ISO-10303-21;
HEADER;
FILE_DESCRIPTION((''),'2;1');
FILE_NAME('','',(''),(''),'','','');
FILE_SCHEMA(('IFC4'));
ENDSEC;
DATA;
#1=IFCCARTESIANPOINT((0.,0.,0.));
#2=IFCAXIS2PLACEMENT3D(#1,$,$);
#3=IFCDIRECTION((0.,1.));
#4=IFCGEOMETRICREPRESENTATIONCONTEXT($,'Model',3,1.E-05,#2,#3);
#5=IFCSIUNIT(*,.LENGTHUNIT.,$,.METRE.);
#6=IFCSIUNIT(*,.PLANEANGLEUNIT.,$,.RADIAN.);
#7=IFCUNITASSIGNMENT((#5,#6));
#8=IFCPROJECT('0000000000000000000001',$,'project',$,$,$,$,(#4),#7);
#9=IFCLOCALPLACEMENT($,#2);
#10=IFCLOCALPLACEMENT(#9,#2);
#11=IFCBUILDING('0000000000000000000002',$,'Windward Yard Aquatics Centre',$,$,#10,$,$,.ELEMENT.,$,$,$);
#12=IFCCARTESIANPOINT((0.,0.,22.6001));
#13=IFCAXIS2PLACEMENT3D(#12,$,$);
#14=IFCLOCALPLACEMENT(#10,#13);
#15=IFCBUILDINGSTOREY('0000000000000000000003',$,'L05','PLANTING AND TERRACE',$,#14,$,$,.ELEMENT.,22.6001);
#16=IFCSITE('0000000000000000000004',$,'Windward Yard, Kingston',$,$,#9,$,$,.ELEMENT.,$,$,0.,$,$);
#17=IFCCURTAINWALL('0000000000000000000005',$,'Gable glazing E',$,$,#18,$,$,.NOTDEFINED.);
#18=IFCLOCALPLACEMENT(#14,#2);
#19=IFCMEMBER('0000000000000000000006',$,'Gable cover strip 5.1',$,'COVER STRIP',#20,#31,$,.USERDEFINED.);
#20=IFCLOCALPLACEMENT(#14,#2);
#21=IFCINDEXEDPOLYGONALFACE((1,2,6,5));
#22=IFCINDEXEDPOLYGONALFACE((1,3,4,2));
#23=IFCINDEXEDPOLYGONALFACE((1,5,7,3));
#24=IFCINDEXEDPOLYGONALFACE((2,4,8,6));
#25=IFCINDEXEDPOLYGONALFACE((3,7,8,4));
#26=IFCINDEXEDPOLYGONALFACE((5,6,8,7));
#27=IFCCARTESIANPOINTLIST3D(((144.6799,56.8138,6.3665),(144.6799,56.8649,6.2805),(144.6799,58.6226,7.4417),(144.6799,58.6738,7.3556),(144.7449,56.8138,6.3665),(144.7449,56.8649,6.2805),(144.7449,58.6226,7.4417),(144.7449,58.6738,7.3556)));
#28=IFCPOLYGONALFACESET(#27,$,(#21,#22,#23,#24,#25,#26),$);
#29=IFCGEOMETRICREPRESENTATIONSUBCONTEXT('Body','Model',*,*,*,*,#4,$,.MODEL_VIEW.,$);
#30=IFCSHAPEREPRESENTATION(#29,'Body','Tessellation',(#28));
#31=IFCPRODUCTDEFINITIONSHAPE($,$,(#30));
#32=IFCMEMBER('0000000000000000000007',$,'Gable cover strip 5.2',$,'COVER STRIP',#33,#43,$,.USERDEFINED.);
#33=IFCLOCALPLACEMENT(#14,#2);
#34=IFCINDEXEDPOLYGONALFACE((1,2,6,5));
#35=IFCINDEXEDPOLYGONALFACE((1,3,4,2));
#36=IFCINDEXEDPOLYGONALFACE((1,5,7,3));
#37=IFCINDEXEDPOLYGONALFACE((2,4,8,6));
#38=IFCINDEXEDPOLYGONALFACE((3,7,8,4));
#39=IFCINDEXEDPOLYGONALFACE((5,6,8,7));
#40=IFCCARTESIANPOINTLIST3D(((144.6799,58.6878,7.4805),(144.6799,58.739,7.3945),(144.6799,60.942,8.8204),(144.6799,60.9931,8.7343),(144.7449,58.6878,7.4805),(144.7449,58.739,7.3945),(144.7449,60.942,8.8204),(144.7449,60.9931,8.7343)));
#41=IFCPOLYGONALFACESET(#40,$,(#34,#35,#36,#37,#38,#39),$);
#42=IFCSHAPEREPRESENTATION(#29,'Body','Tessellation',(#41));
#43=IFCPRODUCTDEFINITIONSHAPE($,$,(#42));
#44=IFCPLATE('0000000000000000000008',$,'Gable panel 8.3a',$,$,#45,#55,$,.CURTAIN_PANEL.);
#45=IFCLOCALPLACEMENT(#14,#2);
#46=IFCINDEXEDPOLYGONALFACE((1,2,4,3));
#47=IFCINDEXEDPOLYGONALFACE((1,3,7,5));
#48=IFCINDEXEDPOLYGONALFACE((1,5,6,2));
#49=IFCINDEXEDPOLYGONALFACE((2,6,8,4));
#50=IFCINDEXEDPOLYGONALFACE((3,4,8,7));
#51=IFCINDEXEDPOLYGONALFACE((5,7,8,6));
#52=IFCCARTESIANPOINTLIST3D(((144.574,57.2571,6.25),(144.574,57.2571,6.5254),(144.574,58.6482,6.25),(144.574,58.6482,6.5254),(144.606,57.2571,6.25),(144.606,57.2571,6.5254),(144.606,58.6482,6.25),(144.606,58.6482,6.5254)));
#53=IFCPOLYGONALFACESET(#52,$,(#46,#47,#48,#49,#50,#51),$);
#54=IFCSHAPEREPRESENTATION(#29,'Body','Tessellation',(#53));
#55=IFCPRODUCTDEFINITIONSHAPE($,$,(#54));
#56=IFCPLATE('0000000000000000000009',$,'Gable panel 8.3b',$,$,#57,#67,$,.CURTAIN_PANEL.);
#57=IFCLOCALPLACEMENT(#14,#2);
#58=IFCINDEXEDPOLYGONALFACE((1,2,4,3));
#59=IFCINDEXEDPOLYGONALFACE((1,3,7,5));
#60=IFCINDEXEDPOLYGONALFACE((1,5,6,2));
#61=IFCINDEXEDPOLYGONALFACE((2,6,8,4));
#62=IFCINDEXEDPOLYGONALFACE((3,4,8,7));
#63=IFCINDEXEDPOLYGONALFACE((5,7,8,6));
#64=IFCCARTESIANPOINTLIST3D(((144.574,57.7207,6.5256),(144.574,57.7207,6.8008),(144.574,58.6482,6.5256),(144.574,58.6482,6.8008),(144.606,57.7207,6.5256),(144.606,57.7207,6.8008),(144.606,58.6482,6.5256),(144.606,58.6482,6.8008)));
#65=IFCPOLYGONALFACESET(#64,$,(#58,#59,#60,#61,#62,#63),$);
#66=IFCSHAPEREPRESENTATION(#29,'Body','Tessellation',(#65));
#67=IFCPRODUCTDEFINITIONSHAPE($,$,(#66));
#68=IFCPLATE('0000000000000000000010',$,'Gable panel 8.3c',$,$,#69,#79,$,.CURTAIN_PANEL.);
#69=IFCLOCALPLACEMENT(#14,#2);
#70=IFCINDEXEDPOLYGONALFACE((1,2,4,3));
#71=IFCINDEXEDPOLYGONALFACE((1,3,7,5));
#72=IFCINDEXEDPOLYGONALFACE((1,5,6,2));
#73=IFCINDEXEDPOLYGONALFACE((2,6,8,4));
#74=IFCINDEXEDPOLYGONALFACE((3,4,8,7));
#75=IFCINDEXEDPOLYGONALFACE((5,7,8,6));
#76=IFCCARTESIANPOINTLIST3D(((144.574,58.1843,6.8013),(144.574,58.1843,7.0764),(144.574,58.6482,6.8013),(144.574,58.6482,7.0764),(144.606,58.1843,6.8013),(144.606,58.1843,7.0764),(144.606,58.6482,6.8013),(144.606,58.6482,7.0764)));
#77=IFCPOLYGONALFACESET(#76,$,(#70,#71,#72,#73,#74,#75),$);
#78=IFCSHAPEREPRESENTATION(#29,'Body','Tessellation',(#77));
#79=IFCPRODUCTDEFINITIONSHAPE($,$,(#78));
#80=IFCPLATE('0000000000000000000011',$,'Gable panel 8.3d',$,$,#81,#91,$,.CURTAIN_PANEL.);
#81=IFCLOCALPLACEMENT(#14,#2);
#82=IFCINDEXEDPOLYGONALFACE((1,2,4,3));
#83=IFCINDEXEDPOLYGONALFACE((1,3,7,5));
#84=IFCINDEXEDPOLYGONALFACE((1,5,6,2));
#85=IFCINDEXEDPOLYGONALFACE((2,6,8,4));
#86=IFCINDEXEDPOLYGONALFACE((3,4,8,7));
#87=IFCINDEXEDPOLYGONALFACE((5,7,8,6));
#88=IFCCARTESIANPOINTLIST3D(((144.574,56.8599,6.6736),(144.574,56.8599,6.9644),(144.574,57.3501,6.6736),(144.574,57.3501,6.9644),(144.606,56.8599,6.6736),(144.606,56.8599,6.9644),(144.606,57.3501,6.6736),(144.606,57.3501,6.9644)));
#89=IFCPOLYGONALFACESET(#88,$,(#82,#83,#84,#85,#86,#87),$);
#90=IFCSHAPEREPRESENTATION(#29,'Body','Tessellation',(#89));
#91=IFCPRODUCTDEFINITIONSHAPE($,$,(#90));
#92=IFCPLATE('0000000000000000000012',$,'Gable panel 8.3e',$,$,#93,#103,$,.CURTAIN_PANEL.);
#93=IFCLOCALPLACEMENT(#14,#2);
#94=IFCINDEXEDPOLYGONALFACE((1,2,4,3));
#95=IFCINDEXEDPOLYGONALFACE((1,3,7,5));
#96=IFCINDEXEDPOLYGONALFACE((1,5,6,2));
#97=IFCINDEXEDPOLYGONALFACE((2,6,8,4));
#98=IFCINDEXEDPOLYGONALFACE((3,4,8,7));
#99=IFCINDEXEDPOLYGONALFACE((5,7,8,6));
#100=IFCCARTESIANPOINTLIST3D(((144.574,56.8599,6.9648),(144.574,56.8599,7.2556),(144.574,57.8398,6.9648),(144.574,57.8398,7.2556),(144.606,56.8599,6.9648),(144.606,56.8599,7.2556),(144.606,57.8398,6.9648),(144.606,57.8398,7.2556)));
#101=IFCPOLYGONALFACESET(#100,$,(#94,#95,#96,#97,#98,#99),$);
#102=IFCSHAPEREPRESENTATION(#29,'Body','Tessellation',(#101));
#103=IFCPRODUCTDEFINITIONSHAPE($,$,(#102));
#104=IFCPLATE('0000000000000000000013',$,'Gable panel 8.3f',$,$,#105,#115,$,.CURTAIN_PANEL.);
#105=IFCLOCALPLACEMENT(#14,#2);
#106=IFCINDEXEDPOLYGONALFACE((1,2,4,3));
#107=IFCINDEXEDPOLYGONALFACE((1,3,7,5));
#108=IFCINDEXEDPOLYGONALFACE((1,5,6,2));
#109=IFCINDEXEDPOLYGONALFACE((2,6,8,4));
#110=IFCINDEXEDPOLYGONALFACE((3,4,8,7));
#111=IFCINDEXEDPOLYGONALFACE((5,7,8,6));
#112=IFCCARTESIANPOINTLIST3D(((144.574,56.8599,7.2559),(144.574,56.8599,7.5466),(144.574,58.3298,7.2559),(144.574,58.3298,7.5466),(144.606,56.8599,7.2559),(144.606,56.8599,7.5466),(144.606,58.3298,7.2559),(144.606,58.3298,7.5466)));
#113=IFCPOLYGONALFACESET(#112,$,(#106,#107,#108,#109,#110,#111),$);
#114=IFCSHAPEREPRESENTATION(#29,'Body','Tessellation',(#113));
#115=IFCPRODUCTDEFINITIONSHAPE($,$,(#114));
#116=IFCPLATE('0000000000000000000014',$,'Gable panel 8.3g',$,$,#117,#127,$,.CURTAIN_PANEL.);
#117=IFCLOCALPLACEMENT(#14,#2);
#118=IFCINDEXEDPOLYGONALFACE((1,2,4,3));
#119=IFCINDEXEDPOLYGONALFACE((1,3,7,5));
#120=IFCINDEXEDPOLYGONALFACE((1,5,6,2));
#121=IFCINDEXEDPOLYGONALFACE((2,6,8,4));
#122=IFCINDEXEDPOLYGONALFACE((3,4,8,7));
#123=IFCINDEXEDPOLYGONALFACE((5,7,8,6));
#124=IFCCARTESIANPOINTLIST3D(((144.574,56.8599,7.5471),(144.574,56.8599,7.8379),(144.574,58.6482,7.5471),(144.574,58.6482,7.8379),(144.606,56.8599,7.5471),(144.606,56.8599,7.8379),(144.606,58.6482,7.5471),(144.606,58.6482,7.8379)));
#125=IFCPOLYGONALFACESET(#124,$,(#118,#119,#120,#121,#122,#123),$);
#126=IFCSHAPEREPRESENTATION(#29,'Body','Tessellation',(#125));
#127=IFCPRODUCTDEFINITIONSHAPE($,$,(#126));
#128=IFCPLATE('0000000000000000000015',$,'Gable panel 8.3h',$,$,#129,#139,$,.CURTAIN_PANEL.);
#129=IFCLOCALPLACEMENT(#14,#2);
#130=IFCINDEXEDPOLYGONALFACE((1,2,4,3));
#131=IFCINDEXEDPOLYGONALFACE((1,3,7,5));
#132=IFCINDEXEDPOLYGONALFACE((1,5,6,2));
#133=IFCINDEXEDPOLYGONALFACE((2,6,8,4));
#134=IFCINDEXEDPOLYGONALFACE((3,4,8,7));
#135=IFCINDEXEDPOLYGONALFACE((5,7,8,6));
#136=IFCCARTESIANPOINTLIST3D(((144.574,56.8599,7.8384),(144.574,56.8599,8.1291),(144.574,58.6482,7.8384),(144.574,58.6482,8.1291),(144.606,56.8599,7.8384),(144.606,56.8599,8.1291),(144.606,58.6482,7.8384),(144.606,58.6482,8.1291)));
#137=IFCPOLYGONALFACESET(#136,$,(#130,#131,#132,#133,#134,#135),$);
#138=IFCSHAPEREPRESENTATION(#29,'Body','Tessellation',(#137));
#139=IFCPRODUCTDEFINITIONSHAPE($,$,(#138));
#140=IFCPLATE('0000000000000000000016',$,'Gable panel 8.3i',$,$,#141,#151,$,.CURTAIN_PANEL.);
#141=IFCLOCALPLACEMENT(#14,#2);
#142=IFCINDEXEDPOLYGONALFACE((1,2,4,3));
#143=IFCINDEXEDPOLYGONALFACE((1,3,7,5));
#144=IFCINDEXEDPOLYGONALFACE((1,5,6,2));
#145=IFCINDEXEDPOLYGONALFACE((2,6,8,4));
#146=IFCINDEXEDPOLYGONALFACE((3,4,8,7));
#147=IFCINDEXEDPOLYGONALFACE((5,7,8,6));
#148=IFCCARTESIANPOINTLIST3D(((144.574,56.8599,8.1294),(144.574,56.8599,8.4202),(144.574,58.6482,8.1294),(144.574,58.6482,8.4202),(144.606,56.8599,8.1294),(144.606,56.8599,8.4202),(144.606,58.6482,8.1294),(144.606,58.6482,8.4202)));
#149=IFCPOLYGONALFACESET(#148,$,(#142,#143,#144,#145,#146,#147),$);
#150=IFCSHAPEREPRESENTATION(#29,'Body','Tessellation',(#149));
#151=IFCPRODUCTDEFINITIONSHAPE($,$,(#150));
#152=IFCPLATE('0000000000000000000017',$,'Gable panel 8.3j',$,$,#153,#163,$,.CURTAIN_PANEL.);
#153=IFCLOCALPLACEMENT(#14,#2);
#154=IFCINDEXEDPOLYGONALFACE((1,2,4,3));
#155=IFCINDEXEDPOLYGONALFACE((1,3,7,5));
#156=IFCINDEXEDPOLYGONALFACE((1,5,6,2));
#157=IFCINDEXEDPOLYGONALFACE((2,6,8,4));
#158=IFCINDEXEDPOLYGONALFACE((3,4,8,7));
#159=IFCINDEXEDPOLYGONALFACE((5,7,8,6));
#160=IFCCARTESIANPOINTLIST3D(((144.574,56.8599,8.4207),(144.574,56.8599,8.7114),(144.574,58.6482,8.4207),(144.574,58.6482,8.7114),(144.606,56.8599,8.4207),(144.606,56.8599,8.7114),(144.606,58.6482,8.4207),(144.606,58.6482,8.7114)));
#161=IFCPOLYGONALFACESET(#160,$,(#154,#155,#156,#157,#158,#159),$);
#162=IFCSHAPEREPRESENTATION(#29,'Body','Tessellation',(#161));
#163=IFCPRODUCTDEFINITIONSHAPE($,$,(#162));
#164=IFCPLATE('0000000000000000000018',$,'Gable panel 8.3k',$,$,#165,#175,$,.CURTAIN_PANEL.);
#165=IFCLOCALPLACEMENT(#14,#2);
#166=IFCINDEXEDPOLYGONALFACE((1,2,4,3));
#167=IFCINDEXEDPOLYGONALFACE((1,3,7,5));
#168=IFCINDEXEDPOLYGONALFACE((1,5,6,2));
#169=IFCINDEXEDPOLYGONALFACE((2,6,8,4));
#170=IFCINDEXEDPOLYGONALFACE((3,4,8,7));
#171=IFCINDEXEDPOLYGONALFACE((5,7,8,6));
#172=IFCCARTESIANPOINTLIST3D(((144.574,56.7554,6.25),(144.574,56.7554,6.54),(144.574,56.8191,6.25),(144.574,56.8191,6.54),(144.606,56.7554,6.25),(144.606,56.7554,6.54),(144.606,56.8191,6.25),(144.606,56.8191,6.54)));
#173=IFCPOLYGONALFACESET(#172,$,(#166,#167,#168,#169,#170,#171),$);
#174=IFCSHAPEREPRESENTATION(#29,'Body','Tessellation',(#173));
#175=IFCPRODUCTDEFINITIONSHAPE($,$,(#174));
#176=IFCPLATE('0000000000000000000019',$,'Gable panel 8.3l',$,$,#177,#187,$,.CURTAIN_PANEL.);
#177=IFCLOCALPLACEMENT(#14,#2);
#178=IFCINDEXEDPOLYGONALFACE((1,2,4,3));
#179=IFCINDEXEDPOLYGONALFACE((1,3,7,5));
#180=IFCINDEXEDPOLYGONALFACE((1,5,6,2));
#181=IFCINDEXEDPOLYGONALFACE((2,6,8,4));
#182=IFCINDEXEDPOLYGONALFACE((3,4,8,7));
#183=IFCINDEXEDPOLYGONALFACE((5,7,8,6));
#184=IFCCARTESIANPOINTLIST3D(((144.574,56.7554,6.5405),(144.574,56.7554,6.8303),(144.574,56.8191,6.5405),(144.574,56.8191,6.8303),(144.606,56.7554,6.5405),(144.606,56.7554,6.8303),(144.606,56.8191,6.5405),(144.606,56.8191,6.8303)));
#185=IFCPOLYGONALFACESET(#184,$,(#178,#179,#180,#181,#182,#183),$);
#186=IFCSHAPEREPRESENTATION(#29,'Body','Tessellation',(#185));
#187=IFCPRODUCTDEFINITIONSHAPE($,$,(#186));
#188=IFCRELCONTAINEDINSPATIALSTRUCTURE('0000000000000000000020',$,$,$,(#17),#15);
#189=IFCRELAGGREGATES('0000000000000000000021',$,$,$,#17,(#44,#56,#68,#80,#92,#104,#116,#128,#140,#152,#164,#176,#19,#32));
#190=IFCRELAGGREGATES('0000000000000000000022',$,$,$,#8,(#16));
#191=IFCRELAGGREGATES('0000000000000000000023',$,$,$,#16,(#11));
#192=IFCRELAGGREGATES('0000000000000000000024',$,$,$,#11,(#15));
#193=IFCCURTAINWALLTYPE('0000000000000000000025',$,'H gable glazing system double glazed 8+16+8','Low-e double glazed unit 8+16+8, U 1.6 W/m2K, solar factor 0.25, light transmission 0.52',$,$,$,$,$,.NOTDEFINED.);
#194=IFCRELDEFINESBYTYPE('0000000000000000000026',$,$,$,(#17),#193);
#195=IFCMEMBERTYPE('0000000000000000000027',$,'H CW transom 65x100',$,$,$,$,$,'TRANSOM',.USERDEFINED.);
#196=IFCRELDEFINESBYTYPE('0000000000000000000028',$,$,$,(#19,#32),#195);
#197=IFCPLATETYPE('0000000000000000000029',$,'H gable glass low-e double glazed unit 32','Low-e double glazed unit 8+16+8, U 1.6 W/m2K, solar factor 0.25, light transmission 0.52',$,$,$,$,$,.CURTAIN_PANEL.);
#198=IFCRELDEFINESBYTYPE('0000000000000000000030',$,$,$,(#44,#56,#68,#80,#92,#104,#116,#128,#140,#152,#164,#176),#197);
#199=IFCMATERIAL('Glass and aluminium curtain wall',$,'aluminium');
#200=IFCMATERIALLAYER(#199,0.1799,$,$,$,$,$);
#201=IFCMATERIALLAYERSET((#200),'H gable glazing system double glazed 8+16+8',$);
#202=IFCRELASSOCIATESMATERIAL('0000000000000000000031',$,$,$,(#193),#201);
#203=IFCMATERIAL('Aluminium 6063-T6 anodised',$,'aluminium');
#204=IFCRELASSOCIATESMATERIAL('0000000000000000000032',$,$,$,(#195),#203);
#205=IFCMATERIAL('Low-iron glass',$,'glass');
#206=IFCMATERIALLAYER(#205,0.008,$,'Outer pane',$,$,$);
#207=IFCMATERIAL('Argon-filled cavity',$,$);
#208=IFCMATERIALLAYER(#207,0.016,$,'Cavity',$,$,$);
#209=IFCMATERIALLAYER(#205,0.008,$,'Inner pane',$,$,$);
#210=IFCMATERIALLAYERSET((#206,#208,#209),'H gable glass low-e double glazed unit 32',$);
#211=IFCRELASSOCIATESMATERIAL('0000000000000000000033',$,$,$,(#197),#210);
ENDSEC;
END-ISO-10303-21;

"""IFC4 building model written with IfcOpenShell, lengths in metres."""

from ifc_helpers import new_model, si_unit, direction, frame, origin, origin_2d, place, context, subcontext, project, spatial, polyline, rectangle, outline, extrude, material, layer, layer_set, material_profile, profile_set, type_object, element, aggregate, save


model = new_model("IFC4")

# Units and contexts
model_context = context("Model", 3, precision=1e-05, world=origin(), true_north=direction((0.0, 1.0)))
body_context = subcontext(model_context, "Body", "Model", "MODEL_VIEW")
ifc_project = project(units=[si_unit("LENGTHUNIT", "METRE"), si_unit("PLANEANGLEUNIT", "RADIAN")], contexts=[model_context])

# Site, building, storey
site_placement = place(None, origin())
site = spatial("IfcSite", under=ifc_project, at=site_placement, Name="Windward Yard, Kingston", CompositionType="ELEMENT", RefElevation=0.0)
building_placement = place(site_placement, origin())
building = spatial("IfcBuilding", under=site, at=building_placement, Name="Windward Yard Aquatics Centre", CompositionType="ELEMENT")
storey_placement = place(building_placement, frame((0.0, 0.0, 22.6001)))
storey = spatial("IfcBuildingStorey", under=building, at=storey_placement, Name="L05", Description="PLANTING AND TERRACE", CompositionType="ELEMENT", Elevation=22.6001)

# Curtain wall, members, plates
ifc_material_1 = material(Name="Glass and aluminium curtain wall", Category="aluminium")
ifc_layer_1 = layer(ifc_material_1, 0.1799)
ifc_layer_set_1 = layer_set([ifc_layer_1], Name="H gable glazing system double glazed 8+16+8")
curtain_wall_type = type_object("IfcCurtainWallType", Name="H gable glazing system double glazed 8+16+8", Description="Low-e double glazed unit 8+16+8, U 1.6 W/m2K, solar factor 0.25, light transmission 0.52", PredefinedType="NOTDEFINED", material=ifc_layer_set_1)
curtain_wall_placement = place(storey_placement, origin())
curtain_wall = element("IfcCurtainWall", 1, at=curtain_wall_placement, inside=storey, type_object=curtain_wall_type, Name="Gable glazing E", PredefinedType="NOTDEFINED")
ifc_material_2 = material(Name="Aluminium 6063-T6 anodised", Category="aluminium")
ifc_material_profile = material_profile(ifc_material_2, rectangle(XDim=0.0649, YDim=0.1001, at=origin_2d()), Name="H CW transom 65x100")
ifc_profile_set = profile_set([ifc_material_profile], Name="Aluminium 6063-T6 anodised")
member_type = type_object("IfcMemberType", Name="H CW transom 65x100", ElementType="TRANSOM", PredefinedType="USERDEFINED", material=ifc_profile_set)
member_1_placement = place(storey_placement, frame((144.7124, 56.8394, 6.3235), z_axis=(0.0, 0.859605, 0.51096), x_axis=(-1.0, 0.0, 0.0)))
member_1 = element("IfcMember", 2, at=member_1_placement, type_object=member_type, Name="Gable cover strip 5.1", ObjectType="COVER STRIP", PredefinedType="USERDEFINED", context=body_context, shape_type="SweptSolid", body=[
    extrude(rectangle(XDim=0.0649, YDim=0.1001, at=origin_2d()), origin(), (0.0, 0.0, 1.0), 2.1042),
])
member_2_placement = place(storey_placement, frame((144.7124, 58.7134, 7.4375), z_axis=(0.0, 0.859613, 0.510945), x_axis=(-1.0, 0.0, 0.0)))
member_2 = element("IfcMember", 3, at=member_2_placement, type_object=member_type, Name="Gable cover strip 5.2", ObjectType="COVER STRIP", PredefinedType="USERDEFINED", context=body_context, shape_type="SweptSolid", body=[
    extrude(rectangle(XDim=0.0649, YDim=0.1001, at=origin_2d()), origin(), (0.0, 0.0, 1.0), 2.6223),
])
ifc_material_3 = material(Name="Low-iron glass", Category="glass")
ifc_layer_2 = layer(ifc_material_3, 0.008, Name="Outer pane")
ifc_material_4 = material(Name="Argon-filled cavity")
ifc_layer_3 = layer(ifc_material_4, 0.016, Name="Cavity")
ifc_layer_4 = layer(ifc_material_3, 0.008, Name="Inner pane")
ifc_layer_set_2 = layer_set([ifc_layer_2, ifc_layer_3, ifc_layer_4], Name="H gable glass low-e double glazed unit 32")
plate_type = type_object("IfcPlateType", Name="H gable glass low-e double glazed unit 32", Description="Low-e double glazed unit 8+16+8, U 1.6 W/m2K, solar factor 0.25, light transmission 0.52", PredefinedType="CURTAIN_PANEL", material=ifc_layer_set_2)
plate_1_placement = place(storey_placement, frame((144.606, 57.2571, 6.25), z_axis=(1.0, 0.0, 0.0), x_axis=(0.0, 1.0, 0.0)))
plate_1 = element("IfcPlate", 4, at=plate_1_placement, type_object=plate_type, Name="Gable panel 8.3a", PredefinedType="CURTAIN_PANEL", context=body_context, shape_type="SweptSolid", body=[
    extrude(outline(polyline([(0.0, 0.0), (1.3911, 0.0), (1.3911, 0.2754), (0.0, 0.2754), (0.0, 0.0)])), origin(), (0.0, 0.0, -1.0), 0.032),
])
plate_2_placement = place(storey_placement, frame((144.606, 57.7207, 6.5256), z_axis=(1.0, 0.0, 0.0), x_axis=(0.0, 1.0, 0.0)))
plate_2 = element("IfcPlate", 5, at=plate_2_placement, type_object=plate_type, Name="Gable panel 8.3b", PredefinedType="CURTAIN_PANEL", context=body_context, shape_type="SweptSolid", body=[
    extrude(outline(polyline([(0.0, 0.0), (0.9275, 0.0), (0.9275, 0.2751), (0.0, 0.2751), (0.0, 0.0)])), origin(), (0.0, 0.0, -1.0), 0.032),
])
plate_3_placement = place(storey_placement, frame((144.606, 58.1843, 6.8013), z_axis=(1.0, 0.0, 0.0), x_axis=(0.0, 1.0, 0.0)))
plate_3 = element("IfcPlate", 6, at=plate_3_placement, type_object=plate_type, Name="Gable panel 8.3c", PredefinedType="CURTAIN_PANEL", context=body_context, shape_type="SweptSolid", body=[
    extrude(outline(polyline([(0.0, 0.0), (0.4639, 0.0), (0.4639, 0.2751), (0.0, 0.2751), (0.0, 0.0)])), origin(), (0.0, 0.0, -1.0), 0.032),
])
plate_4_placement = place(storey_placement, frame((144.606, 56.8599, 6.6736), z_axis=(1.0, 0.0, 0.0), x_axis=(0.0, 1.0, 0.0)))
plate_4 = element("IfcPlate", 7, at=plate_4_placement, type_object=plate_type, Name="Gable panel 8.3d", PredefinedType="CURTAIN_PANEL", context=body_context, shape_type="SweptSolid", body=[
    extrude(outline(polyline([(0.0, 0.0), (0.4902, 0.0), (0.4902, 0.2908), (0.0, 0.2908), (0.0, 0.0)])), origin(), (0.0, 0.0, -1.0), 0.032),
])
plate_5_placement = place(storey_placement, frame((144.606, 56.8599, 6.9648), z_axis=(1.0, 0.0, 0.0), x_axis=(0.0, 1.0, 0.0)))
plate_5 = element("IfcPlate", 8, at=plate_5_placement, type_object=plate_type, Name="Gable panel 8.3e", PredefinedType="CURTAIN_PANEL", context=body_context, shape_type="SweptSolid", body=[
    extrude(outline(polyline([(0.0, 0.0), (0.98, 0.0), (0.98, 0.2908), (0.0, 0.2908), (0.0, 0.0)])), origin(), (0.0, 0.0, -1.0), 0.032),
])
plate_6_placement = place(storey_placement, frame((144.606, 56.8599, 7.2559), z_axis=(1.0, 0.0, 0.0), x_axis=(0.0, 1.0, 0.0)))
plate_6 = element("IfcPlate", 9, at=plate_6_placement, type_object=plate_type, Name="Gable panel 8.3f", PredefinedType="CURTAIN_PANEL", context=body_context, shape_type="SweptSolid", body=[
    extrude(outline(polyline([(0.0, 0.0), (1.47, 0.0), (1.47, 0.2908), (0.0, 0.2908), (0.0, 0.0)])), origin(), (0.0, 0.0, -1.0), 0.032),
])
plate_7_placement = place(storey_placement, frame((144.606, 56.8599, 7.5471), z_axis=(1.0, 0.0, 0.0), x_axis=(0.0, 1.0, 0.0)))
plate_7 = element("IfcPlate", 10, at=plate_7_placement, type_object=plate_type, Name="Gable panel 8.3g", PredefinedType="CURTAIN_PANEL", context=body_context, shape_type="SweptSolid", body=[
    extrude(outline(polyline([(0.0, 0.0), (1.7883, 0.0), (1.7883, 0.2908), (0.0, 0.2908), (0.0, 0.0)])), origin(), (0.0, 0.0, -1.0), 0.032),
])
plate_8_placement = place(storey_placement, frame((144.606, 56.8599, 7.8384), z_axis=(1.0, 0.0, 0.0), x_axis=(0.0, 1.0, 0.0)))
plate_8 = element("IfcPlate", 11, at=plate_8_placement, type_object=plate_type, Name="Gable panel 8.3h", PredefinedType="CURTAIN_PANEL", context=body_context, shape_type="SweptSolid", body=[
    extrude(outline(polyline([(0.0, 0.0), (1.7883, 0.0), (1.7883, 0.2908), (0.0, 0.2908), (0.0, 0.0)])), origin(), (0.0, 0.0, -1.0), 0.032),
])
plate_9_placement = place(storey_placement, frame((144.606, 56.8599, 8.1294), z_axis=(1.0, 0.0, 0.0), x_axis=(0.0, 1.0, 0.0)))
plate_9 = element("IfcPlate", 12, at=plate_9_placement, type_object=plate_type, Name="Gable panel 8.3i", PredefinedType="CURTAIN_PANEL", context=body_context, shape_type="SweptSolid", body=[
    extrude(outline(polyline([(0.0, 0.0), (1.7883, 0.0), (1.7883, 0.2908), (0.0, 0.2908), (0.0, 0.0)])), origin(), (0.0, 0.0, -1.0), 0.032),
])
plate_10_placement = place(storey_placement, frame((144.606, 56.8599, 8.4207), z_axis=(1.0, 0.0, 0.0), x_axis=(0.0, 1.0, 0.0)))
plate_10 = element("IfcPlate", 13, at=plate_10_placement, type_object=plate_type, Name="Gable panel 8.3j", PredefinedType="CURTAIN_PANEL", context=body_context, shape_type="SweptSolid", body=[
    extrude(outline(polyline([(0.0, 0.0), (1.7883, 0.0), (1.7883, 0.2908), (0.0, 0.2908), (0.0, 0.0)])), origin(), (0.0, 0.0, -1.0), 0.032),
])
plate_11_placement = place(storey_placement, frame((144.606, 56.7554, 6.25), z_axis=(1.0, 0.0, 0.0), x_axis=(0.0, 1.0, 0.0)))
plate_11 = element("IfcPlate", 14, at=plate_11_placement, type_object=plate_type, Name="Gable panel 8.3k", PredefinedType="CURTAIN_PANEL", context=body_context, shape_type="SweptSolid", body=[
    extrude(outline(polyline([(0.0, 0.0), (0.0637, 0.0), (0.0637, 0.29), (0.0, 0.29), (0.0, 0.0)])), origin(), (0.0, 0.0, -1.0), 0.032),
])
plate_12_placement = place(storey_placement, frame((144.606, 56.7554, 6.5405), z_axis=(1.0, 0.0, 0.0), x_axis=(0.0, 1.0, 0.0)))
plate_12 = element("IfcPlate", 15, at=plate_12_placement, type_object=plate_type, Name="Gable panel 8.3l", PredefinedType="CURTAIN_PANEL", context=body_context, shape_type="SweptSolid", body=[
    extrude(outline(polyline([(0.0, 0.0), (0.0637, 0.0), (0.0637, 0.2898), (0.0, 0.2898), (0.0, 0.0)])), origin(), (0.0, 0.0, -1.0), 0.032),
])
aggregate(curtain_wall, [plate_1, plate_2, plate_3, plate_4, plate_5, plate_6, plate_7, plate_8, plate_9, plate_10, plate_11, plate_12, member_1, member_2])

save(model, "model.ifc")
